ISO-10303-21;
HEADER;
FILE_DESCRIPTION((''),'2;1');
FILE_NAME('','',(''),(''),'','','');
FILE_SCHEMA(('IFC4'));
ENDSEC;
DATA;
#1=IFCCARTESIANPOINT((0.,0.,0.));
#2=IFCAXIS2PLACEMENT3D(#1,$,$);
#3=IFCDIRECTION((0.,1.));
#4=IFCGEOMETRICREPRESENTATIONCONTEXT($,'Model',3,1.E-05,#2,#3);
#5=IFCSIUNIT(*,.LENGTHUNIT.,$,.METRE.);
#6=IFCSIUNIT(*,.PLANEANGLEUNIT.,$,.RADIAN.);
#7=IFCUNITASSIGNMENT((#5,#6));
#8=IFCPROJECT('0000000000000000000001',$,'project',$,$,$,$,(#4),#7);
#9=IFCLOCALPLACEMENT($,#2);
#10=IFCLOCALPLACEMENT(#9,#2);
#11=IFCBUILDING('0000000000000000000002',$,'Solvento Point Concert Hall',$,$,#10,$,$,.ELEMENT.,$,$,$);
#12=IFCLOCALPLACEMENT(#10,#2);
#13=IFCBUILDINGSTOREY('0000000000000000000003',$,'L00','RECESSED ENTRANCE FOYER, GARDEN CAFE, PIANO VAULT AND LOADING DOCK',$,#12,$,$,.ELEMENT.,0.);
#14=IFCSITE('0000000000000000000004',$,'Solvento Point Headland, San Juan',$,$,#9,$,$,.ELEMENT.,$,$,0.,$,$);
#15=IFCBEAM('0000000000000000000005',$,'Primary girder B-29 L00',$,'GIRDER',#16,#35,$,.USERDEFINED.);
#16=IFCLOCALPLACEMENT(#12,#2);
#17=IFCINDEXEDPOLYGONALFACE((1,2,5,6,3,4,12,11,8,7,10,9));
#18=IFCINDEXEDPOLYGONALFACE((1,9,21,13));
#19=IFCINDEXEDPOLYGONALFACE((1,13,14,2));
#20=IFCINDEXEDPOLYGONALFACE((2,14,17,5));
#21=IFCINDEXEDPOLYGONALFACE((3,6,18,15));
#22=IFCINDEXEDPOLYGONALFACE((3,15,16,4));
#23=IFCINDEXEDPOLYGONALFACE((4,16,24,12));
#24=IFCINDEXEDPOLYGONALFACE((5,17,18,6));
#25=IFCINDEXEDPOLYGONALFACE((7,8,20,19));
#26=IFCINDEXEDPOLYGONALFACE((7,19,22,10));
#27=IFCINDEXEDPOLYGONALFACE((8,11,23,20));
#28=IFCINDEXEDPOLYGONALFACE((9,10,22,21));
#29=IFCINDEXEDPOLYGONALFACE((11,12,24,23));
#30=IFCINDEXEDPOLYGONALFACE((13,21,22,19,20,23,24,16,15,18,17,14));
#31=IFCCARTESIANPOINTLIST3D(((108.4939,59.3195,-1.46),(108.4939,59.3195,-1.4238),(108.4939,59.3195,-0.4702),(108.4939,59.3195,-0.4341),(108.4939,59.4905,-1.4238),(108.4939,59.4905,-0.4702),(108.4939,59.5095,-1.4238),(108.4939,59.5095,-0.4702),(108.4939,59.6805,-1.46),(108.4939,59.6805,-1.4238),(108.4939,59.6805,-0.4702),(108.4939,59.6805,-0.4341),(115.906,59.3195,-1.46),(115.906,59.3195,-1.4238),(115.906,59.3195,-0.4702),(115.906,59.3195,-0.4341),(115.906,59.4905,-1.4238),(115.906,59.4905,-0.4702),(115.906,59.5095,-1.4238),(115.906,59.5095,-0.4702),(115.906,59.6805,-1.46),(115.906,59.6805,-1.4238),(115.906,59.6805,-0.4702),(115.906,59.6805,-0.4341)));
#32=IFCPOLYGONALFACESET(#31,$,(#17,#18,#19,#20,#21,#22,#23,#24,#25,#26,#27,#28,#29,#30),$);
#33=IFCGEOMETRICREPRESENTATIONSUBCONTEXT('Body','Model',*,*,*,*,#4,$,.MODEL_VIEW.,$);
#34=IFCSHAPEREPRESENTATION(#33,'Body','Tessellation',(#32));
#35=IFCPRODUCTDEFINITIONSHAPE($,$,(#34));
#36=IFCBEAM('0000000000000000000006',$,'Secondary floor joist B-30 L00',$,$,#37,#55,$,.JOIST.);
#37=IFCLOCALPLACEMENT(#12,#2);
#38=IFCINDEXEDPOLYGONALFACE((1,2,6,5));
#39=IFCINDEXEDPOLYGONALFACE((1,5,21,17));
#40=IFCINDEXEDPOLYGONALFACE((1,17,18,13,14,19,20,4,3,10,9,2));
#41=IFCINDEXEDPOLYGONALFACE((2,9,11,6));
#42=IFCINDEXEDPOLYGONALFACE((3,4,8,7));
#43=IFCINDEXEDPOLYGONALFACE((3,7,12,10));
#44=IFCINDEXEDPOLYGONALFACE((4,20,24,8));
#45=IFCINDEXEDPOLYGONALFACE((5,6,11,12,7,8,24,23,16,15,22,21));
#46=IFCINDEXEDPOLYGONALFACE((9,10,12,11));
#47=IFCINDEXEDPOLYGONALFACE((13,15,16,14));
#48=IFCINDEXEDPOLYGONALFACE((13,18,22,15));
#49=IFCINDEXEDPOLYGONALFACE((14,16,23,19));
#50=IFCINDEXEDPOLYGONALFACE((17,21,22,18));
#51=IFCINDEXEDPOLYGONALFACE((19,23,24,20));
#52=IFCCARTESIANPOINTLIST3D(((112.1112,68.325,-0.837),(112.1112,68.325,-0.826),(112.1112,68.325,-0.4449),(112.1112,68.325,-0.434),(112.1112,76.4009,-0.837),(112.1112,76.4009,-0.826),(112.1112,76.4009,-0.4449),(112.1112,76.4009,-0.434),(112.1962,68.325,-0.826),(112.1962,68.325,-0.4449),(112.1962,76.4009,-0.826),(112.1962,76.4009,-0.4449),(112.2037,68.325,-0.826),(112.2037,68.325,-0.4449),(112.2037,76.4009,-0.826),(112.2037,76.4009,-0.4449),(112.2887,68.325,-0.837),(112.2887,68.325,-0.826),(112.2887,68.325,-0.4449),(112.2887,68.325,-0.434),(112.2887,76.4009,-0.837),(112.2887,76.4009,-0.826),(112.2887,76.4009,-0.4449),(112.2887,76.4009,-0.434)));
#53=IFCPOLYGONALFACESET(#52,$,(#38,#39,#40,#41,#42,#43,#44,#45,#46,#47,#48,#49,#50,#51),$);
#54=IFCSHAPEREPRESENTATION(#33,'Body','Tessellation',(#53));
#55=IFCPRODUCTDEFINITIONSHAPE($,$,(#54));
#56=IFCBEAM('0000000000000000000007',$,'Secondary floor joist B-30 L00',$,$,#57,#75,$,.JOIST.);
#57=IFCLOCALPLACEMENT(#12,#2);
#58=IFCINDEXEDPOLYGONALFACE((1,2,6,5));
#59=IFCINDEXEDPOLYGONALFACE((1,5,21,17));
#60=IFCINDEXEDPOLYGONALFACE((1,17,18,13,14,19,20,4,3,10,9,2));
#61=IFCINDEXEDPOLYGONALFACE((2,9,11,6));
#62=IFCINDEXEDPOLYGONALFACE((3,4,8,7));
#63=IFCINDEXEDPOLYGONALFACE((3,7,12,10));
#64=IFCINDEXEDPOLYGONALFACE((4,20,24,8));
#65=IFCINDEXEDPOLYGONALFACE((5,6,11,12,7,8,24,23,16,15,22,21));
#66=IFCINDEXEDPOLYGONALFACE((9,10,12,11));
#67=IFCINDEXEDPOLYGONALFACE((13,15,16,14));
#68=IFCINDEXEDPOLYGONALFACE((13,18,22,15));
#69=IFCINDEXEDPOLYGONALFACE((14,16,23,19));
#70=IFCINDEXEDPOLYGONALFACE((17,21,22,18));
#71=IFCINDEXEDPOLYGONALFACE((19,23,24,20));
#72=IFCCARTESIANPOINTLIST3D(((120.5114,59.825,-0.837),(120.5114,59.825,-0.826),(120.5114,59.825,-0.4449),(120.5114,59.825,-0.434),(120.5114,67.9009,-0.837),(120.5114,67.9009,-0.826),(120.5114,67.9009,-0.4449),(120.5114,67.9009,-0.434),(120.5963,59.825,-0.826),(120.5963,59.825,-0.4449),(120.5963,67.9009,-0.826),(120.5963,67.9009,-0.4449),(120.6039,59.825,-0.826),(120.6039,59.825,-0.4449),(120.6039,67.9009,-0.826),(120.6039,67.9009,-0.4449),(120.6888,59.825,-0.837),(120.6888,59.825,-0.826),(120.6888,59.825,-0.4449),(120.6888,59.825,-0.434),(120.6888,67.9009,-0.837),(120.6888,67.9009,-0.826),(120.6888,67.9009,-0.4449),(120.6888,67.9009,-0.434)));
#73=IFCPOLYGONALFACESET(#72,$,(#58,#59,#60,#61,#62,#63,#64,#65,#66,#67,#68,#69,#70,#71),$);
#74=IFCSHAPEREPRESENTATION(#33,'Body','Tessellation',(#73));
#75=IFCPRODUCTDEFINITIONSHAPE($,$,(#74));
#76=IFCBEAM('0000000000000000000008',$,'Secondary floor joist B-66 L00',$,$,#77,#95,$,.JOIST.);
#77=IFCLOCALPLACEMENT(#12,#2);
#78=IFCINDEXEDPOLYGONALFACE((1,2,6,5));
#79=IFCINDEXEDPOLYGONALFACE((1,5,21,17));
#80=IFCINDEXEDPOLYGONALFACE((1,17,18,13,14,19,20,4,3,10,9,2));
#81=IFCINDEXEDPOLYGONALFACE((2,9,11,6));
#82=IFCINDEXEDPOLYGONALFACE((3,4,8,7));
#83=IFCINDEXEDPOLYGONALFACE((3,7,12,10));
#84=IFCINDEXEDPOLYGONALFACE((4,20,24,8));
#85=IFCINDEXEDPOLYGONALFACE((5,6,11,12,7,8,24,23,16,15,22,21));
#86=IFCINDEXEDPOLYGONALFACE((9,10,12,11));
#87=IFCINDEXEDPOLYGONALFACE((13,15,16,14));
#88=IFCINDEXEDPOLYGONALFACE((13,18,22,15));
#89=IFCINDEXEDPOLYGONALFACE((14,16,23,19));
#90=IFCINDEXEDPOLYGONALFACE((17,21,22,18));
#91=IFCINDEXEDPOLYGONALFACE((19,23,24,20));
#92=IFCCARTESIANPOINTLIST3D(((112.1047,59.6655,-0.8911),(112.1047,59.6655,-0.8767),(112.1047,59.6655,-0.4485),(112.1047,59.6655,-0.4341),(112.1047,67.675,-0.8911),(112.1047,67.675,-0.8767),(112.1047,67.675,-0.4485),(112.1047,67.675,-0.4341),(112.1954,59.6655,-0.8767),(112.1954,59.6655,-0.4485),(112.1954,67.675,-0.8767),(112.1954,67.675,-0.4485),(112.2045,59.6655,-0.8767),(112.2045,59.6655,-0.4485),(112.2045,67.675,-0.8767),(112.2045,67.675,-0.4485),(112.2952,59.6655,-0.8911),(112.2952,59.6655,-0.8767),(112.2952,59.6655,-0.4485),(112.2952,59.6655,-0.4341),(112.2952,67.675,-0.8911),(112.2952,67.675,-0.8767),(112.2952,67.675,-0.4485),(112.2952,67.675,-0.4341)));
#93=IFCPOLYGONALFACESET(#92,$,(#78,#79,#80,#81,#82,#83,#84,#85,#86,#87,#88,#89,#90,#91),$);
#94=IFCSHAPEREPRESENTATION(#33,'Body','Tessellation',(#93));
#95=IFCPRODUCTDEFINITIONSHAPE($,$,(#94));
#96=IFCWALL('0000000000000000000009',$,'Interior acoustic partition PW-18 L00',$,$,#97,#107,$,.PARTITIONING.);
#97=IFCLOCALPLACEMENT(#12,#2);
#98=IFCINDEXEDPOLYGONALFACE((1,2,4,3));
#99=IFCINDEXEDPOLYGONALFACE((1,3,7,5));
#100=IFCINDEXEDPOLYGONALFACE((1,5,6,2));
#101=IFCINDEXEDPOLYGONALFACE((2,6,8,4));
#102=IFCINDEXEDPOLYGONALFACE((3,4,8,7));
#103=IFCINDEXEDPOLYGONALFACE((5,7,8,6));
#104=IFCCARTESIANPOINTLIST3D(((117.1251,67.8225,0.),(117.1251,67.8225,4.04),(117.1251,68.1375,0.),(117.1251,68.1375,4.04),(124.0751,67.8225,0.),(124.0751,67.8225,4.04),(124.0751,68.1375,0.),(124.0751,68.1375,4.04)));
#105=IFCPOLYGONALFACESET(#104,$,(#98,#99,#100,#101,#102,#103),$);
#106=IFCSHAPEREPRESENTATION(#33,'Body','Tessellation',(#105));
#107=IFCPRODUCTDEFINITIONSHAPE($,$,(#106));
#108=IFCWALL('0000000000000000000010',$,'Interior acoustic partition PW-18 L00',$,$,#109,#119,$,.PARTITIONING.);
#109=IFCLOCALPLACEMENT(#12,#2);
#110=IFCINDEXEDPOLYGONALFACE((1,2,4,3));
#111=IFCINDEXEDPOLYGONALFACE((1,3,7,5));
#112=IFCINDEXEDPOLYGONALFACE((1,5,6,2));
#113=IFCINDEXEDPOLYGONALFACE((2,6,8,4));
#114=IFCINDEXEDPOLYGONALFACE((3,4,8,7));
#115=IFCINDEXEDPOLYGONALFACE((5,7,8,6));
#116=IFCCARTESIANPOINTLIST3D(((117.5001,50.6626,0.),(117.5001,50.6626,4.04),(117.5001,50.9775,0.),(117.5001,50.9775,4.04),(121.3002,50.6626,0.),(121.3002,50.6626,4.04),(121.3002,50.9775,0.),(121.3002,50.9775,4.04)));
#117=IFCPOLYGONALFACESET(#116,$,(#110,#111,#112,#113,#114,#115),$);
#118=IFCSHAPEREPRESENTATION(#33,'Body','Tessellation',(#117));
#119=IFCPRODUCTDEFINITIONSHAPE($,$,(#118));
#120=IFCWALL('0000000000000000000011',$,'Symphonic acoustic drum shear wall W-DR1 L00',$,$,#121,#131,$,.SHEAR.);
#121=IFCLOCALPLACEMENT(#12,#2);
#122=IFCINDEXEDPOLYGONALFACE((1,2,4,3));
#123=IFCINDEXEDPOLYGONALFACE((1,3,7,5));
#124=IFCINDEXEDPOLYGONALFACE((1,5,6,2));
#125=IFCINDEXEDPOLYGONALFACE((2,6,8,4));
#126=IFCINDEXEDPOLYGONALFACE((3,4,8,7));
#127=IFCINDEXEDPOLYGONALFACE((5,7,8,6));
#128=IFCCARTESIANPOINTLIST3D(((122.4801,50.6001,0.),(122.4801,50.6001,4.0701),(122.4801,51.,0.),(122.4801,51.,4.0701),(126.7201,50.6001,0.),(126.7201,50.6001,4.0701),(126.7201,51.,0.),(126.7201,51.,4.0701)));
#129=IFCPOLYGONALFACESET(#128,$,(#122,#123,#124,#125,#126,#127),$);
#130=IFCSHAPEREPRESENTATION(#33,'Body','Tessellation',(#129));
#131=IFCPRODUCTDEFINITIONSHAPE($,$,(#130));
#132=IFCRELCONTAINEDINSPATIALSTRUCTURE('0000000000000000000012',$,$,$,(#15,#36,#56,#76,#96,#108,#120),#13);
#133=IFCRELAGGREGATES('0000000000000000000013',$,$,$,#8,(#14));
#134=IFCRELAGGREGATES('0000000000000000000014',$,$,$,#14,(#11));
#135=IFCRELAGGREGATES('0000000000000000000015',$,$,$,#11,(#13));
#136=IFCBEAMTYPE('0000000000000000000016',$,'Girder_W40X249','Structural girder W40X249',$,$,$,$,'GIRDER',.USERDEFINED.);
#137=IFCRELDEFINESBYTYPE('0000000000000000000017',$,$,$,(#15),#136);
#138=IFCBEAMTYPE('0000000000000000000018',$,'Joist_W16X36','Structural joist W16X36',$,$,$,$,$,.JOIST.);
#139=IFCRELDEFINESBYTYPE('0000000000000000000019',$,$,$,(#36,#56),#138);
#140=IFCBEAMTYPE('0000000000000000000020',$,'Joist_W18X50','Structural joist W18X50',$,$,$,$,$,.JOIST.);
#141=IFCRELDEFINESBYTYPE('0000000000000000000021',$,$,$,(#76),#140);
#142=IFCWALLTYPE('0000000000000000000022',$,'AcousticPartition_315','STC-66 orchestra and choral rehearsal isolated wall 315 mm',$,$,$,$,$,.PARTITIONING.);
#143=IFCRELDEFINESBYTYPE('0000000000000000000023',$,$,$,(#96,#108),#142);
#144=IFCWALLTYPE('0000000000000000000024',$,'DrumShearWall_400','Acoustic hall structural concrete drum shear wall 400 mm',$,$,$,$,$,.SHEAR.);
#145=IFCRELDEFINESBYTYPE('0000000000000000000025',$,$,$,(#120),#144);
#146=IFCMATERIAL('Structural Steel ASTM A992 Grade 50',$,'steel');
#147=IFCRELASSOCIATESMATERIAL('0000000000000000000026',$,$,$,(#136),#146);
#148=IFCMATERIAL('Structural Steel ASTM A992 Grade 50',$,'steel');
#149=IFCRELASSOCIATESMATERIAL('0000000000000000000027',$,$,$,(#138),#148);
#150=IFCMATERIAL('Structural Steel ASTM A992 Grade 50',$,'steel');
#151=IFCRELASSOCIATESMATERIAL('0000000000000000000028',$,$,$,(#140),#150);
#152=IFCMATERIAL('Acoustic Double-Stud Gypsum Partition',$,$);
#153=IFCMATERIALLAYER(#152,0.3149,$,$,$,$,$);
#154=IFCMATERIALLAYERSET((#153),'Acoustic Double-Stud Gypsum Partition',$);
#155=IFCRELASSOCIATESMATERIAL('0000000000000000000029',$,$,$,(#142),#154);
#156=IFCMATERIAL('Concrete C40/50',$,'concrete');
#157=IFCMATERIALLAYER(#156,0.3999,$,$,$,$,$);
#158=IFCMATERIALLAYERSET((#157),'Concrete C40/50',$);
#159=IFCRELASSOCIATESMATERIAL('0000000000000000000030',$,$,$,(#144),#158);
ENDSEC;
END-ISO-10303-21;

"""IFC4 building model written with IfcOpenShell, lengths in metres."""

from ifc_helpers import new_model, si_unit, direction, frame, frame_2d, origin, origin_2d, place, context, subcontext, project, spatial, rectangle, i_section, extrude, material, layer, layer_set, material_profile, profile_set, type_object, element, save


model = new_model("IFC4")

# Units and contexts
model_context = context("Model", 3, precision=1e-05, world=origin(), true_north=direction((0.0, 1.0)))
body_context = subcontext(model_context, "Body", "Model", "MODEL_VIEW")
ifc_project = project(units=[si_unit("LENGTHUNIT", "METRE"), si_unit("PLANEANGLEUNIT", "RADIAN")], contexts=[model_context])

# Site, building, storey
site_placement = place(None, origin())
site = spatial("IfcSite", under=ifc_project, at=site_placement, Name="Solvento Point Headland, San Juan", CompositionType="ELEMENT", RefElevation=0.0)
building_placement = place(site_placement, origin())
building = spatial("IfcBuilding", under=site, at=building_placement, Name="Solvento Point Concert Hall", CompositionType="ELEMENT")
storey_placement = place(building_placement, origin())
storey = spatial("IfcBuildingStorey", under=building, at=storey_placement, Name="L00", Description="RECESSED ENTRANCE FOYER, GARDEN CAFE, PIANO VAULT AND LOADING DOCK", CompositionType="ELEMENT", Elevation=0.0)

# Beams
ifc_material_1 = material(Name="Structural Steel ASTM A992 Grade 50", Category="steel")
ifc_material_profile_1 = material_profile(ifc_material_1, i_section(OverallWidth=0.3611, OverallDepth=1.0259, WebThickness=0.019, FlangeThickness=0.0361, at=origin_2d()), Name="W40X249")
ifc_profile_set_1 = profile_set([ifc_material_profile_1], Name="Structural Steel ASTM A992 Grade 50")
beam_type_1 = type_object("IfcBeamType", Name="Girder_W40X249", Description="Structural girder W40X249", ElementType="GIRDER", PredefinedType="USERDEFINED", material=ifc_profile_set_1)
beam_1_placement = place(storey_placement, frame((108.4939, 59.5, -0.947), z_axis=(1.0, 0.0, 0.0), x_axis=(0.0, 1.0, 0.0)))
element("IfcBeam", 1, at=beam_1_placement, inside=storey, type_object=beam_type_1, Name="Primary girder B-29 L00", ObjectType="GIRDER", PredefinedType="USERDEFINED", context=body_context, shape_type="SweptSolid", body=[
    extrude(i_section(OverallWidth=0.3611, OverallDepth=1.0259, WebThickness=0.019, FlangeThickness=0.0361, at=origin_2d()), origin(), (0.0, 0.0, 1.0), 7.4121),
])
ifc_material_2 = material(Name="Structural Steel ASTM A992 Grade 50", Category="steel")
ifc_material_profile_2 = material_profile(ifc_material_2, i_section(OverallWidth=0.1775, OverallDepth=0.4031, WebThickness=0.0076, FlangeThickness=0.011, at=origin_2d()), Name="W16X36")
ifc_profile_set_2 = profile_set([ifc_material_profile_2], Name="Structural Steel ASTM A992 Grade 50")
beam_type_2 = type_object("IfcBeamType", Name="Joist_W16X36", Description="Structural joist W16X36", PredefinedType="JOIST", material=ifc_profile_set_2)
for number, where, z_axis, x_axis, name in (
    (2, (112.2, 68.325, -0.6355), (0.0, 1.0, 0.0), (-1.0, 0.0, 0.0), "Secondary floor joist B-30 L00"),
    (3, (120.6001, 59.825, -0.6355), (0.0, 1.0, 0.0), (-1.0, 0.0, 0.0), "Secondary floor joist B-30 L00"),
):
    element("IfcBeam", number, at=place(storey_placement, frame(where, z_axis=z_axis, x_axis=x_axis)), inside=storey, type_object=beam_type_2, Name=name, PredefinedType="JOIST", context=body_context, shape_type="SweptSolid", body=[
        extrude(i_section(OverallWidth=0.1775, OverallDepth=0.4031, WebThickness=0.0076, FlangeThickness=0.011, at=origin_2d()), origin(), (0.0, 0.0, 1.0), 8.0759),
    ])
ifc_material_3 = material(Name="Structural Steel ASTM A992 Grade 50", Category="steel")
ifc_material_profile_3 = material_profile(ifc_material_3, i_section(OverallWidth=0.1904, OverallDepth=0.457, WebThickness=0.009, FlangeThickness=0.0144, at=origin_2d()), Name="W18X50")
ifc_profile_set_3 = profile_set([ifc_material_profile_3], Name="Structural Steel ASTM A992 Grade 50")
beam_type_3 = type_object("IfcBeamType", Name="Joist_W18X50", Description="Structural joist W18X50", PredefinedType="JOIST", material=ifc_profile_set_3)
beam_2_placement = place(storey_placement, frame((112.2, 59.6655, -0.6626), z_axis=(0.0, 1.0, 0.0), x_axis=(-1.0, 0.0, 0.0)))
element("IfcBeam", 4, at=beam_2_placement, inside=storey, type_object=beam_type_3, Name="Secondary floor joist B-66 L00", PredefinedType="JOIST", context=body_context, shape_type="SweptSolid", body=[
    extrude(i_section(OverallWidth=0.1904, OverallDepth=0.457, WebThickness=0.009, FlangeThickness=0.0144, at=origin_2d()), origin(), (0.0, 0.0, 1.0), 8.0095),
])

# Shared definitions
ifc_material_4 = material(Name="Acoustic Double-Stud Gypsum Partition")
ifc_layer_1 = layer(ifc_material_4, 0.3149)
ifc_layer_set_1 = layer_set([ifc_layer_1], Name="Acoustic Double-Stud Gypsum Partition")
wall_type_1 = type_object("IfcWallType", Name="AcousticPartition_315", Description="STC-66 orchestra and choral rehearsal isolated wall 315 mm", PredefinedType="PARTITIONING", material=ifc_layer_set_1)

# Walls
wall_1_placement = place(storey_placement, frame((117.125, 67.98, 0.0), z_axis=(0.0, 0.0, 1.0), x_axis=(1.0, 0.0, 0.0)))
element("IfcWall", 5, at=wall_1_placement, inside=storey, type_object=wall_type_1, Name="Interior acoustic partition PW-18 L00", PredefinedType="PARTITIONING", context=body_context, shape_type="SweptSolid", body=[
    extrude(rectangle(XDim=6.95, YDim=0.3149, at=frame_2d((3.4751, 0.0))), origin(), (0.0, 0.0, 1.0), 4.04),
])
wall_2_placement = place(storey_placement, frame((121.3, 50.8201, 0.0), z_axis=(0.0, 0.0, 1.0), x_axis=(-1.0, 0.0, 0.0)))
element("IfcWall", 6, at=wall_2_placement, inside=storey, type_object=wall_type_1, Name="Interior acoustic partition PW-18 L00", PredefinedType="PARTITIONING", context=body_context, shape_type="SweptSolid", body=[
    extrude(rectangle(XDim=3.8, YDim=0.3149, at=frame_2d((1.8999, 0.0))), origin(), (0.0, 0.0, 1.0), 4.04),
])
ifc_material_5 = material(Name="Concrete C40/50", Category="concrete")
ifc_layer_2 = layer(ifc_material_5, 0.3999)
ifc_layer_set_2 = layer_set([ifc_layer_2], Name="Concrete C40/50")
wall_type_2 = type_object("IfcWallType", Name="DrumShearWall_400", Description="Acoustic hall structural concrete drum shear wall 400 mm", PredefinedType="SHEAR", material=ifc_layer_set_2)
wall_3_placement = place(storey_placement, frame((122.48, 50.8, 0.0), z_axis=(0.0, 0.0, 1.0), x_axis=(1.0, 0.0, 0.0)))
element("IfcWall", 7, at=wall_3_placement, inside=storey, type_object=wall_type_2, Name="Symphonic acoustic drum shear wall W-DR1 L00", PredefinedType="SHEAR", context=body_context, shape_type="SweptSolid", body=[
    extrude(rectangle(XDim=4.24, YDim=0.3999, at=frame_2d((2.1201, 0.0))), origin(), (0.0, 0.0, 1.0), 4.0701),
])

save(model, "model.ifc")
